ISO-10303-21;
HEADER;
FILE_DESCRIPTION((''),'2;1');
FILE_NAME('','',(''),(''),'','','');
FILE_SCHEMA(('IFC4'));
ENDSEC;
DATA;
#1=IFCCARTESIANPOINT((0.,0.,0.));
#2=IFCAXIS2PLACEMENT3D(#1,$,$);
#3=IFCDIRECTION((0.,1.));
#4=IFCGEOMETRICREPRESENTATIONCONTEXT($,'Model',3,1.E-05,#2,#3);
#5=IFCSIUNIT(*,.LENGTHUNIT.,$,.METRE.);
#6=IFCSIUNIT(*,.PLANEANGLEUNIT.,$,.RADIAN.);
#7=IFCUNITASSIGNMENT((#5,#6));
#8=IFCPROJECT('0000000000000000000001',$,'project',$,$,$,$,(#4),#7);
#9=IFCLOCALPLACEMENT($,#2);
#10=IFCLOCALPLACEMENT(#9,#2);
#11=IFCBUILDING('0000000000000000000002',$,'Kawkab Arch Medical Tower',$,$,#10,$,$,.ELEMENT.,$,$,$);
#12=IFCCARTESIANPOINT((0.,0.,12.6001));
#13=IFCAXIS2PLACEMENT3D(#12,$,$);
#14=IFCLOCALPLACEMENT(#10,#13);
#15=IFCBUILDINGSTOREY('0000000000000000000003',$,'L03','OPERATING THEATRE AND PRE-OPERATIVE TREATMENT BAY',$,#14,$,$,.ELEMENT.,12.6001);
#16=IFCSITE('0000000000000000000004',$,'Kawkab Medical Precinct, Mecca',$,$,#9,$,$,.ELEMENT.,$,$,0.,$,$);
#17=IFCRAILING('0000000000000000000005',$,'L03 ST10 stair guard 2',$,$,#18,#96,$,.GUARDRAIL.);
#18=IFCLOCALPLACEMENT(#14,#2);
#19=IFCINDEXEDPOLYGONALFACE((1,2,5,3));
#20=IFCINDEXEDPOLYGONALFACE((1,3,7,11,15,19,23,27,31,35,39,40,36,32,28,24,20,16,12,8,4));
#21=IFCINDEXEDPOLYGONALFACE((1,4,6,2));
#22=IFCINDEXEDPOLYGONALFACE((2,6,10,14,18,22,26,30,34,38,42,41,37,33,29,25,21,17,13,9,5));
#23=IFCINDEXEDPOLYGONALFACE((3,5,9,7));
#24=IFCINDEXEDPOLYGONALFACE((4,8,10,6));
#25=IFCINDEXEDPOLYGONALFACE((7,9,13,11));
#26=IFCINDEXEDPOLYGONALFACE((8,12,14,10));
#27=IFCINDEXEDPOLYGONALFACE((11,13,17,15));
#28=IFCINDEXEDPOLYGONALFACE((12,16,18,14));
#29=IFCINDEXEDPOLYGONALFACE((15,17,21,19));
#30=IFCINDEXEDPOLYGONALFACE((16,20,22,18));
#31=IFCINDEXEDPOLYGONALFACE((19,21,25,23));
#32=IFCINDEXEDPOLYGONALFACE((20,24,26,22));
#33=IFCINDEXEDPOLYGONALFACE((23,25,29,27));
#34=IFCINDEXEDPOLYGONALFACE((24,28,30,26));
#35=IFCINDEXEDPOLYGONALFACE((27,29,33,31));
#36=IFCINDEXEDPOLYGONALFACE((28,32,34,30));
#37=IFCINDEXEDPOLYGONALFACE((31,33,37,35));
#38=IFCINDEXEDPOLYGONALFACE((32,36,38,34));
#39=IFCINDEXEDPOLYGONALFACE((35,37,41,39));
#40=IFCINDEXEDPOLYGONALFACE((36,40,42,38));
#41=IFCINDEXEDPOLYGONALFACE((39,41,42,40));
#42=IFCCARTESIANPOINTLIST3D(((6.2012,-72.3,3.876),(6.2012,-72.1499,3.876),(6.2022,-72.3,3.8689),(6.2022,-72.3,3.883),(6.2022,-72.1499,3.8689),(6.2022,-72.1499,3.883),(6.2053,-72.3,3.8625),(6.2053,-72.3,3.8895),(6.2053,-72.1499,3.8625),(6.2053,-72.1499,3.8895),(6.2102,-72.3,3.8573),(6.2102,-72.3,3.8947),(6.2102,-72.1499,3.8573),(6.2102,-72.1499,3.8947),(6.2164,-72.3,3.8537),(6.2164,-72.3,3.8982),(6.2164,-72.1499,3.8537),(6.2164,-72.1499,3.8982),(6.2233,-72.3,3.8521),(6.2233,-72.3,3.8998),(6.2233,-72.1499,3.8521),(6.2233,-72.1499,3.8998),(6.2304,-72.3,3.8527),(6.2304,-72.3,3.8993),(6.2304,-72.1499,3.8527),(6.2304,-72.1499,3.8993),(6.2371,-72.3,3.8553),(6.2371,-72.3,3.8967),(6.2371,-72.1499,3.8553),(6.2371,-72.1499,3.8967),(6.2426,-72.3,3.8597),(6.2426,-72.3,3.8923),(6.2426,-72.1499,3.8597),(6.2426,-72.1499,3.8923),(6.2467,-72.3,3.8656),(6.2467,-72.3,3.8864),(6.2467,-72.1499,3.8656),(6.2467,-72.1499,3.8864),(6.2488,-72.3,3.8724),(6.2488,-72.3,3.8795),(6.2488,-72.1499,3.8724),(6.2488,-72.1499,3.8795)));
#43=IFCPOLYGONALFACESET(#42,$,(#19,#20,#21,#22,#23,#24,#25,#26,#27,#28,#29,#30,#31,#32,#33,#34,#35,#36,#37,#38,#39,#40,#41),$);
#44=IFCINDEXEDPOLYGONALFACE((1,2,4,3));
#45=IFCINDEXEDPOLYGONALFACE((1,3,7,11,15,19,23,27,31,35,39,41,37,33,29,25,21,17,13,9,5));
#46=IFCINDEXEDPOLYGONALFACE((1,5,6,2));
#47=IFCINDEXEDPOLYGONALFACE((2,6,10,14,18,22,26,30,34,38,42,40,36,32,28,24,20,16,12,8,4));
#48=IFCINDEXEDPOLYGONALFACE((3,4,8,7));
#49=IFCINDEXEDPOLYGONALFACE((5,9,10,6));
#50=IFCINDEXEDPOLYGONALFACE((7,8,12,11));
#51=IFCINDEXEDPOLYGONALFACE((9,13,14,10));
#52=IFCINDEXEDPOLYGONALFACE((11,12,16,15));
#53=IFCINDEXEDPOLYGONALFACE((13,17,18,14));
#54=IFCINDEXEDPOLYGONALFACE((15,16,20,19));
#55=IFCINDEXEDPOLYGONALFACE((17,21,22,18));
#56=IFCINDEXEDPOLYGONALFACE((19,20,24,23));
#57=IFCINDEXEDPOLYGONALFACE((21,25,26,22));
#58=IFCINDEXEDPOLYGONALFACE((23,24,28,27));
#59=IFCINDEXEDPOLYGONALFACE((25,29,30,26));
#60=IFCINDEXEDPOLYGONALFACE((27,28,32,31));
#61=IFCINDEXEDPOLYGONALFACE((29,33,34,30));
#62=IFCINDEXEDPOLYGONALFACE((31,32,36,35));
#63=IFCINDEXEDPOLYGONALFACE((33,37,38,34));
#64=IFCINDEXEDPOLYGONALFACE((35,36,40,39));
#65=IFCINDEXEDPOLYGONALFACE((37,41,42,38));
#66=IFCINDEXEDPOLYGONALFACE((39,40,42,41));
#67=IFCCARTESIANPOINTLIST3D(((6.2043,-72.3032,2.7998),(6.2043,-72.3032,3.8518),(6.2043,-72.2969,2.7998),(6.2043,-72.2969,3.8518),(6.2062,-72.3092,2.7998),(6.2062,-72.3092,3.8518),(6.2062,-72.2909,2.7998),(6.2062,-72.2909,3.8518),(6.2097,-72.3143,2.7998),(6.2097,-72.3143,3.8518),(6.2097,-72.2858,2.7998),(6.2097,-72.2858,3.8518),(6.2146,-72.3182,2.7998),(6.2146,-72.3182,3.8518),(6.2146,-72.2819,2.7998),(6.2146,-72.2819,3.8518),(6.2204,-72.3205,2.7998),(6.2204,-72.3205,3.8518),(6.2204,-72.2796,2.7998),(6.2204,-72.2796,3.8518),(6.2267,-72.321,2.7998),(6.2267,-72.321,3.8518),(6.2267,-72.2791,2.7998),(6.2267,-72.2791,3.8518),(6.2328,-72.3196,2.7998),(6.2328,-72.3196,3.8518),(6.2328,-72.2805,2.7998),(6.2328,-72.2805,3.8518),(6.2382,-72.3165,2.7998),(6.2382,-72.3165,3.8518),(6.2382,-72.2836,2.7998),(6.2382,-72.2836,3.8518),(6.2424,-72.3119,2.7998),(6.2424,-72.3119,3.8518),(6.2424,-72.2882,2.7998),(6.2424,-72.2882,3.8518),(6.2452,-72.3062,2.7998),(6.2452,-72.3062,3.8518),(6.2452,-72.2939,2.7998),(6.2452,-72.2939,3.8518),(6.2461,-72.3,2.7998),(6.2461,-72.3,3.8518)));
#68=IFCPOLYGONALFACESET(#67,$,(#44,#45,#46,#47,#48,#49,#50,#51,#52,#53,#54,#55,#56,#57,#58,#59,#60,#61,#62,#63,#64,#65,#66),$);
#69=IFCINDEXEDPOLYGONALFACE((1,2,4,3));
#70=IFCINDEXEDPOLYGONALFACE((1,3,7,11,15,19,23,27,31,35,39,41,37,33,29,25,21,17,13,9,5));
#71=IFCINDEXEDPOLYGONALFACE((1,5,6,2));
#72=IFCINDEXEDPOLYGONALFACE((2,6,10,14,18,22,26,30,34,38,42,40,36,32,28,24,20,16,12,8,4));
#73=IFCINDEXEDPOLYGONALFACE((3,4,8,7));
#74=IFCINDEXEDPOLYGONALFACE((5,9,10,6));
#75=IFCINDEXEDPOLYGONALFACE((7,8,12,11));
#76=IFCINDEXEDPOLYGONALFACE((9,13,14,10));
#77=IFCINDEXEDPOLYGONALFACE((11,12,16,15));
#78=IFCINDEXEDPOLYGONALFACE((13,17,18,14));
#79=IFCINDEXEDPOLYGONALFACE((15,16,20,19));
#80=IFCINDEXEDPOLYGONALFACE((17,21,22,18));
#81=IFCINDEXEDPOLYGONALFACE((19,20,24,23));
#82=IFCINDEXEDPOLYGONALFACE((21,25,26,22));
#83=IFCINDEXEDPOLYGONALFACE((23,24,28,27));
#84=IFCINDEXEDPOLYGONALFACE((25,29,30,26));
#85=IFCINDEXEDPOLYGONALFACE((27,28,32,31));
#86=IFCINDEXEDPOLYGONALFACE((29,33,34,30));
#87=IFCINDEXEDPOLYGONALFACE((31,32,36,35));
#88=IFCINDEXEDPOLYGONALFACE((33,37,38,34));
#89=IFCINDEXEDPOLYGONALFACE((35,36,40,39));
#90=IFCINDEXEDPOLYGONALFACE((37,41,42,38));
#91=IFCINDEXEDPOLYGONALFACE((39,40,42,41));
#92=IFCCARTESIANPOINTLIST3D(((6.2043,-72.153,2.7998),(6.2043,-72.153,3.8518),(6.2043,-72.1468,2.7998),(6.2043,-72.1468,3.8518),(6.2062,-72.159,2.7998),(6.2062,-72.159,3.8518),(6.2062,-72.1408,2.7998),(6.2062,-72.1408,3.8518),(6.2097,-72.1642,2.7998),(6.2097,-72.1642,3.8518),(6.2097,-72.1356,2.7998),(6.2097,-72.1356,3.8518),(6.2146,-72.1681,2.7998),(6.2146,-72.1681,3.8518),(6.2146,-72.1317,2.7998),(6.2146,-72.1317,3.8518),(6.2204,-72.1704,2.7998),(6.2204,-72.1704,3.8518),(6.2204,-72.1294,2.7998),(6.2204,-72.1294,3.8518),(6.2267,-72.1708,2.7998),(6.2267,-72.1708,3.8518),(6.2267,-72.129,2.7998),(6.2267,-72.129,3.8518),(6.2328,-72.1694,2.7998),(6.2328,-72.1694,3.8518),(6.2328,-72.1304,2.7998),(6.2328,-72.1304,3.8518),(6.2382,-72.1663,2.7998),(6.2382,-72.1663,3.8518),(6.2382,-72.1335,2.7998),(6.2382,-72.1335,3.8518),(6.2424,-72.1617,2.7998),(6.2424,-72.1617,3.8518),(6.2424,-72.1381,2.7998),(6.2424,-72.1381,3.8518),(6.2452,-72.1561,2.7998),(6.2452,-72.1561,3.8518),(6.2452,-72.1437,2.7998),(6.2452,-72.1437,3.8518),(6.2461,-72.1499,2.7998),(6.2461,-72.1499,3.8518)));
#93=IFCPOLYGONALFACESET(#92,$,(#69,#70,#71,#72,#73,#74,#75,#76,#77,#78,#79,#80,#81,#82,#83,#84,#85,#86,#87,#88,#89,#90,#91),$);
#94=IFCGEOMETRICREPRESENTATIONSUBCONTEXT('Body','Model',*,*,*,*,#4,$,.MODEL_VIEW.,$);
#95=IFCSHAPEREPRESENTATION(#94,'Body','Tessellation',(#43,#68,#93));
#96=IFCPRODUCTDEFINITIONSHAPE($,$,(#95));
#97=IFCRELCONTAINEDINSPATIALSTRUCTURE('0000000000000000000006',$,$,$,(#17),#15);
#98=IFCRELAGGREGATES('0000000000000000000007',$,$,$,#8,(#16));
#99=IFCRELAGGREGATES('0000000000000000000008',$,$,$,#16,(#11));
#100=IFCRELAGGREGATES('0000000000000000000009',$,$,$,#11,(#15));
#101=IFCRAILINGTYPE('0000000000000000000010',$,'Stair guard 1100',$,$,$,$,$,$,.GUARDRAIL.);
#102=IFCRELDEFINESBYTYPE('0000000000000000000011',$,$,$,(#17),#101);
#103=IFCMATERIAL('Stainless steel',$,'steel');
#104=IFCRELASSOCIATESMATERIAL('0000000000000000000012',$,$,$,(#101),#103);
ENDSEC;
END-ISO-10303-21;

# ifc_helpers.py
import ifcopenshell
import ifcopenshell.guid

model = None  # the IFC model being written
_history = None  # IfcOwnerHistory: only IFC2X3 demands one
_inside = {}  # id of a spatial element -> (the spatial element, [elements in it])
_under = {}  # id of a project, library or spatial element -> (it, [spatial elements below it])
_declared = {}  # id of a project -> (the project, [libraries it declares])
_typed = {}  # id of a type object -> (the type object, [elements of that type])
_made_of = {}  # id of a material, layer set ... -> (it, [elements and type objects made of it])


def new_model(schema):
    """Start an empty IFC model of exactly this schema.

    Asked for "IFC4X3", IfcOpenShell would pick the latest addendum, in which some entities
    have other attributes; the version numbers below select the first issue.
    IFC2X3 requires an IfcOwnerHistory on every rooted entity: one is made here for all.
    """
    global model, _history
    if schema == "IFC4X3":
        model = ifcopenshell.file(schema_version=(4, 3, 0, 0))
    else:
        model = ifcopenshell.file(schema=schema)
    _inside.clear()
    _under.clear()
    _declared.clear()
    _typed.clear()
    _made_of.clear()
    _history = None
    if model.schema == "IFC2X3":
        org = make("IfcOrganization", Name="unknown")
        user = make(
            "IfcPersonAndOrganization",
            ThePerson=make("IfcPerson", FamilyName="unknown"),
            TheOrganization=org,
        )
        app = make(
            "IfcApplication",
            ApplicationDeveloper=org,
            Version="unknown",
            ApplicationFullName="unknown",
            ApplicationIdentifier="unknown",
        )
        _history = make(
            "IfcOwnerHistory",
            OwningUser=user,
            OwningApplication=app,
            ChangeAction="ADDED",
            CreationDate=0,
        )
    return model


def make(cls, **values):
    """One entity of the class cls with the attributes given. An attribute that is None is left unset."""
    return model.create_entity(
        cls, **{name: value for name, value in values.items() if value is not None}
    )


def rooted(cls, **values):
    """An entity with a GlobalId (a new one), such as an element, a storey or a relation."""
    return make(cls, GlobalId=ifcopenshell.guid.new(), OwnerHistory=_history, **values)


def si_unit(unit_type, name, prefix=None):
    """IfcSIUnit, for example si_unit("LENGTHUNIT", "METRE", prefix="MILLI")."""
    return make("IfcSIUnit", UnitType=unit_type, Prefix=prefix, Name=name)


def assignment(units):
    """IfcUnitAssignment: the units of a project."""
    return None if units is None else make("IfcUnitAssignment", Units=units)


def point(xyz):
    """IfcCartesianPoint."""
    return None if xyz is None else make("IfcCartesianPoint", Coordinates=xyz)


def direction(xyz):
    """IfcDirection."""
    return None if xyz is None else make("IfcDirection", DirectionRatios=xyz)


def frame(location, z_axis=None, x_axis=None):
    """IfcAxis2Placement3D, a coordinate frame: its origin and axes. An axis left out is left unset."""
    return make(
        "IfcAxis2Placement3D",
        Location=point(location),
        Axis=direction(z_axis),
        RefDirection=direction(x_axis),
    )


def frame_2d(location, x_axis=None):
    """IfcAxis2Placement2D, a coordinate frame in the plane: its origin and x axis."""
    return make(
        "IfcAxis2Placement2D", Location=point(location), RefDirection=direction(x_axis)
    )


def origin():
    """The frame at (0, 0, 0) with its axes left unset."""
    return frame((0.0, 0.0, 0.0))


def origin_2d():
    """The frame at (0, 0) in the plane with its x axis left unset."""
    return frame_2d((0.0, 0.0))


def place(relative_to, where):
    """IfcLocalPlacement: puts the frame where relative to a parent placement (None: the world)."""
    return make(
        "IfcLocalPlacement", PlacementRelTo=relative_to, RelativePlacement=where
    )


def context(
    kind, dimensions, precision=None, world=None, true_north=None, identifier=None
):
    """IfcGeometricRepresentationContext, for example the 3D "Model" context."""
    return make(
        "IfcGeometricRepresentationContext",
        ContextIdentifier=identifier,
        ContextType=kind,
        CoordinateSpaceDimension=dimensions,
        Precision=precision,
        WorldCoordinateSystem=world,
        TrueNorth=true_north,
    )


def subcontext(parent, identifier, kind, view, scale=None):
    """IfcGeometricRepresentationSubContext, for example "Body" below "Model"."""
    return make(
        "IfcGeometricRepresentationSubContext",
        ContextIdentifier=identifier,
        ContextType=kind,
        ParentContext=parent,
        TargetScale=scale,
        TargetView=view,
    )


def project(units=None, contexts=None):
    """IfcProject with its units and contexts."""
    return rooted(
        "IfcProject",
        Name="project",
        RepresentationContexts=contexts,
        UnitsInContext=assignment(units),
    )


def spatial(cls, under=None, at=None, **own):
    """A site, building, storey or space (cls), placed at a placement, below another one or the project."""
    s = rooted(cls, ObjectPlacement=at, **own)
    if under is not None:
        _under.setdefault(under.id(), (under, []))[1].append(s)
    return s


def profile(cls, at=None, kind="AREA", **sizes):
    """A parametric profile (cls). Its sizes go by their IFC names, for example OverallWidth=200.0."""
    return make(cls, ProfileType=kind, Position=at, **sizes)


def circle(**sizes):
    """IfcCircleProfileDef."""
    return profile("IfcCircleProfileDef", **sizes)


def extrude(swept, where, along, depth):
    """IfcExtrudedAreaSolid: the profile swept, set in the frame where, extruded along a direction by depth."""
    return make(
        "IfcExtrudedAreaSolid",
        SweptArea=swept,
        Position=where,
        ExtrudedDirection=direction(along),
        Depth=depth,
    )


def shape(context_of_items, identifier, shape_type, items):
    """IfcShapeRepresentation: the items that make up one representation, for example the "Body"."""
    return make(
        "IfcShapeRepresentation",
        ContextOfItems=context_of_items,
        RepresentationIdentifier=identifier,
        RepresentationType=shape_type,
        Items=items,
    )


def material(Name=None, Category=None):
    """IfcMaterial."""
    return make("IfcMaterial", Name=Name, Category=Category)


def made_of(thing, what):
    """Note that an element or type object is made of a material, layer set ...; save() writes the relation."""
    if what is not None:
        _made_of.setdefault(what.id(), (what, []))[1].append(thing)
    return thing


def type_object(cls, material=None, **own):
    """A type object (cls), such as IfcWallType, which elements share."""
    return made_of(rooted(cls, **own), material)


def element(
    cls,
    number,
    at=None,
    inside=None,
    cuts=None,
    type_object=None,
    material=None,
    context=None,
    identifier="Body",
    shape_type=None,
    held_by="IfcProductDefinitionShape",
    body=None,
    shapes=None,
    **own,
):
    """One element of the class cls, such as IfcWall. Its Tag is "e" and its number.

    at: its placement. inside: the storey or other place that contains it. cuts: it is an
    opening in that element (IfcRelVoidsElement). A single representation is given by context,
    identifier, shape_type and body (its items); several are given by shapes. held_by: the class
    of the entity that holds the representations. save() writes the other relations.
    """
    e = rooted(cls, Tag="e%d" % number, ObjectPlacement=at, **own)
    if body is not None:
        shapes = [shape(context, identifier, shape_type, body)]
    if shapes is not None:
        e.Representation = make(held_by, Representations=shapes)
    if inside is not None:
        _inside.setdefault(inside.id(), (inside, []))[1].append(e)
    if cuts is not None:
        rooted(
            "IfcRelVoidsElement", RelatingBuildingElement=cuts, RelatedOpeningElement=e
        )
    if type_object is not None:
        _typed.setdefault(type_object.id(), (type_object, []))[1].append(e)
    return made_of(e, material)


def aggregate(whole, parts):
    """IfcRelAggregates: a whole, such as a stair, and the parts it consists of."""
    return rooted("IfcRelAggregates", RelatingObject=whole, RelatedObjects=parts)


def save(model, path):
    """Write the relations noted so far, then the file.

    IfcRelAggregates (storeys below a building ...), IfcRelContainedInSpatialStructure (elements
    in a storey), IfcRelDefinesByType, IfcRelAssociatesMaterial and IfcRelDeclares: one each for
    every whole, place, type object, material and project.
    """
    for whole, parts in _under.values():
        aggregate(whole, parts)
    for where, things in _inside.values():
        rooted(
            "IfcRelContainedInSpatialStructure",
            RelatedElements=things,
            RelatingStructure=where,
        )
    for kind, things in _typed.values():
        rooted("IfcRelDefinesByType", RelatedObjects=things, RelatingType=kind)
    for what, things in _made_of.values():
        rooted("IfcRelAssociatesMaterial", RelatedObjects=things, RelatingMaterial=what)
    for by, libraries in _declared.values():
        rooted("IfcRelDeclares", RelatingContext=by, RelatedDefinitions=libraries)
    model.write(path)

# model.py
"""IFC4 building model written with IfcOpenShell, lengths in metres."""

from ifc_helpers import new_model, si_unit, direction, frame, origin, origin_2d, place, context, subcontext, project, spatial, circle, extrude, material, type_object, element, save


model = new_model("IFC4")

# Units and contexts
model_context = context("Model", 3, precision=1e-05, world=origin(), true_north=direction((0.0, 1.0)))
body_context = subcontext(model_context, "Body", "Model", "MODEL_VIEW")
ifc_project = project(units=[si_unit("LENGTHUNIT", "METRE"), si_unit("PLANEANGLEUNIT", "RADIAN")], contexts=[model_context])

# Site, building, storey
site_placement = place(None, origin())
site = spatial("IfcSite", under=ifc_project, at=site_placement, Name="Kawkab Medical Precinct, Mecca", CompositionType="ELEMENT", RefElevation=0.0)
building_placement = place(site_placement, origin())
building = spatial("IfcBuilding", under=site, at=building_placement, Name="Kawkab Arch Medical Tower", CompositionType="ELEMENT")
storey_placement = place(building_placement, frame((0.0, 0.0, 12.6001)))
storey = spatial("IfcBuildingStorey", under=building, at=storey_placement, Name="L03", Description="OPERATING THEATRE AND PRE-OPERATIVE TREATMENT BAY", CompositionType="ELEMENT", Elevation=12.6001)

# Railing
ifc_material_1 = material(Name="Stainless steel", Category="steel")
railing_type = type_object("IfcRailingType", Name="Stair guard 1100", PredefinedType="GUARDRAIL", material=ifc_material_1)
railing_1_placement = place(storey_placement, frame((6.2251, -72.3, 2.7998)))
element("IfcRailing", 1, at=railing_1_placement, inside=storey, type_object=railing_type, Name="L03 ST10 stair guard 2", PredefinedType="GUARDRAIL", context=body_context, shape_type="SweptSolid", body=[
    extrude(circle(Radius=0.0239, at=origin_2d()), frame((0.0, 0.0, 1.0762), z_axis=(0.0, 1.0, 0.0), x_axis=(-1.0, 0.0, 0.0)), (0.0, 0.0, 1.0), 0.1501),
    extrude(circle(Radius=0.021, at=origin_2d()), origin(), (0.0, 0.0, 1.0), 1.052),
    extrude(circle(Radius=0.021, at=origin_2d()), frame((0.0, 0.1501, 0.0)), (0.0, 0.0, 1.0), 1.052),
])

save(model, "model.ifc")
